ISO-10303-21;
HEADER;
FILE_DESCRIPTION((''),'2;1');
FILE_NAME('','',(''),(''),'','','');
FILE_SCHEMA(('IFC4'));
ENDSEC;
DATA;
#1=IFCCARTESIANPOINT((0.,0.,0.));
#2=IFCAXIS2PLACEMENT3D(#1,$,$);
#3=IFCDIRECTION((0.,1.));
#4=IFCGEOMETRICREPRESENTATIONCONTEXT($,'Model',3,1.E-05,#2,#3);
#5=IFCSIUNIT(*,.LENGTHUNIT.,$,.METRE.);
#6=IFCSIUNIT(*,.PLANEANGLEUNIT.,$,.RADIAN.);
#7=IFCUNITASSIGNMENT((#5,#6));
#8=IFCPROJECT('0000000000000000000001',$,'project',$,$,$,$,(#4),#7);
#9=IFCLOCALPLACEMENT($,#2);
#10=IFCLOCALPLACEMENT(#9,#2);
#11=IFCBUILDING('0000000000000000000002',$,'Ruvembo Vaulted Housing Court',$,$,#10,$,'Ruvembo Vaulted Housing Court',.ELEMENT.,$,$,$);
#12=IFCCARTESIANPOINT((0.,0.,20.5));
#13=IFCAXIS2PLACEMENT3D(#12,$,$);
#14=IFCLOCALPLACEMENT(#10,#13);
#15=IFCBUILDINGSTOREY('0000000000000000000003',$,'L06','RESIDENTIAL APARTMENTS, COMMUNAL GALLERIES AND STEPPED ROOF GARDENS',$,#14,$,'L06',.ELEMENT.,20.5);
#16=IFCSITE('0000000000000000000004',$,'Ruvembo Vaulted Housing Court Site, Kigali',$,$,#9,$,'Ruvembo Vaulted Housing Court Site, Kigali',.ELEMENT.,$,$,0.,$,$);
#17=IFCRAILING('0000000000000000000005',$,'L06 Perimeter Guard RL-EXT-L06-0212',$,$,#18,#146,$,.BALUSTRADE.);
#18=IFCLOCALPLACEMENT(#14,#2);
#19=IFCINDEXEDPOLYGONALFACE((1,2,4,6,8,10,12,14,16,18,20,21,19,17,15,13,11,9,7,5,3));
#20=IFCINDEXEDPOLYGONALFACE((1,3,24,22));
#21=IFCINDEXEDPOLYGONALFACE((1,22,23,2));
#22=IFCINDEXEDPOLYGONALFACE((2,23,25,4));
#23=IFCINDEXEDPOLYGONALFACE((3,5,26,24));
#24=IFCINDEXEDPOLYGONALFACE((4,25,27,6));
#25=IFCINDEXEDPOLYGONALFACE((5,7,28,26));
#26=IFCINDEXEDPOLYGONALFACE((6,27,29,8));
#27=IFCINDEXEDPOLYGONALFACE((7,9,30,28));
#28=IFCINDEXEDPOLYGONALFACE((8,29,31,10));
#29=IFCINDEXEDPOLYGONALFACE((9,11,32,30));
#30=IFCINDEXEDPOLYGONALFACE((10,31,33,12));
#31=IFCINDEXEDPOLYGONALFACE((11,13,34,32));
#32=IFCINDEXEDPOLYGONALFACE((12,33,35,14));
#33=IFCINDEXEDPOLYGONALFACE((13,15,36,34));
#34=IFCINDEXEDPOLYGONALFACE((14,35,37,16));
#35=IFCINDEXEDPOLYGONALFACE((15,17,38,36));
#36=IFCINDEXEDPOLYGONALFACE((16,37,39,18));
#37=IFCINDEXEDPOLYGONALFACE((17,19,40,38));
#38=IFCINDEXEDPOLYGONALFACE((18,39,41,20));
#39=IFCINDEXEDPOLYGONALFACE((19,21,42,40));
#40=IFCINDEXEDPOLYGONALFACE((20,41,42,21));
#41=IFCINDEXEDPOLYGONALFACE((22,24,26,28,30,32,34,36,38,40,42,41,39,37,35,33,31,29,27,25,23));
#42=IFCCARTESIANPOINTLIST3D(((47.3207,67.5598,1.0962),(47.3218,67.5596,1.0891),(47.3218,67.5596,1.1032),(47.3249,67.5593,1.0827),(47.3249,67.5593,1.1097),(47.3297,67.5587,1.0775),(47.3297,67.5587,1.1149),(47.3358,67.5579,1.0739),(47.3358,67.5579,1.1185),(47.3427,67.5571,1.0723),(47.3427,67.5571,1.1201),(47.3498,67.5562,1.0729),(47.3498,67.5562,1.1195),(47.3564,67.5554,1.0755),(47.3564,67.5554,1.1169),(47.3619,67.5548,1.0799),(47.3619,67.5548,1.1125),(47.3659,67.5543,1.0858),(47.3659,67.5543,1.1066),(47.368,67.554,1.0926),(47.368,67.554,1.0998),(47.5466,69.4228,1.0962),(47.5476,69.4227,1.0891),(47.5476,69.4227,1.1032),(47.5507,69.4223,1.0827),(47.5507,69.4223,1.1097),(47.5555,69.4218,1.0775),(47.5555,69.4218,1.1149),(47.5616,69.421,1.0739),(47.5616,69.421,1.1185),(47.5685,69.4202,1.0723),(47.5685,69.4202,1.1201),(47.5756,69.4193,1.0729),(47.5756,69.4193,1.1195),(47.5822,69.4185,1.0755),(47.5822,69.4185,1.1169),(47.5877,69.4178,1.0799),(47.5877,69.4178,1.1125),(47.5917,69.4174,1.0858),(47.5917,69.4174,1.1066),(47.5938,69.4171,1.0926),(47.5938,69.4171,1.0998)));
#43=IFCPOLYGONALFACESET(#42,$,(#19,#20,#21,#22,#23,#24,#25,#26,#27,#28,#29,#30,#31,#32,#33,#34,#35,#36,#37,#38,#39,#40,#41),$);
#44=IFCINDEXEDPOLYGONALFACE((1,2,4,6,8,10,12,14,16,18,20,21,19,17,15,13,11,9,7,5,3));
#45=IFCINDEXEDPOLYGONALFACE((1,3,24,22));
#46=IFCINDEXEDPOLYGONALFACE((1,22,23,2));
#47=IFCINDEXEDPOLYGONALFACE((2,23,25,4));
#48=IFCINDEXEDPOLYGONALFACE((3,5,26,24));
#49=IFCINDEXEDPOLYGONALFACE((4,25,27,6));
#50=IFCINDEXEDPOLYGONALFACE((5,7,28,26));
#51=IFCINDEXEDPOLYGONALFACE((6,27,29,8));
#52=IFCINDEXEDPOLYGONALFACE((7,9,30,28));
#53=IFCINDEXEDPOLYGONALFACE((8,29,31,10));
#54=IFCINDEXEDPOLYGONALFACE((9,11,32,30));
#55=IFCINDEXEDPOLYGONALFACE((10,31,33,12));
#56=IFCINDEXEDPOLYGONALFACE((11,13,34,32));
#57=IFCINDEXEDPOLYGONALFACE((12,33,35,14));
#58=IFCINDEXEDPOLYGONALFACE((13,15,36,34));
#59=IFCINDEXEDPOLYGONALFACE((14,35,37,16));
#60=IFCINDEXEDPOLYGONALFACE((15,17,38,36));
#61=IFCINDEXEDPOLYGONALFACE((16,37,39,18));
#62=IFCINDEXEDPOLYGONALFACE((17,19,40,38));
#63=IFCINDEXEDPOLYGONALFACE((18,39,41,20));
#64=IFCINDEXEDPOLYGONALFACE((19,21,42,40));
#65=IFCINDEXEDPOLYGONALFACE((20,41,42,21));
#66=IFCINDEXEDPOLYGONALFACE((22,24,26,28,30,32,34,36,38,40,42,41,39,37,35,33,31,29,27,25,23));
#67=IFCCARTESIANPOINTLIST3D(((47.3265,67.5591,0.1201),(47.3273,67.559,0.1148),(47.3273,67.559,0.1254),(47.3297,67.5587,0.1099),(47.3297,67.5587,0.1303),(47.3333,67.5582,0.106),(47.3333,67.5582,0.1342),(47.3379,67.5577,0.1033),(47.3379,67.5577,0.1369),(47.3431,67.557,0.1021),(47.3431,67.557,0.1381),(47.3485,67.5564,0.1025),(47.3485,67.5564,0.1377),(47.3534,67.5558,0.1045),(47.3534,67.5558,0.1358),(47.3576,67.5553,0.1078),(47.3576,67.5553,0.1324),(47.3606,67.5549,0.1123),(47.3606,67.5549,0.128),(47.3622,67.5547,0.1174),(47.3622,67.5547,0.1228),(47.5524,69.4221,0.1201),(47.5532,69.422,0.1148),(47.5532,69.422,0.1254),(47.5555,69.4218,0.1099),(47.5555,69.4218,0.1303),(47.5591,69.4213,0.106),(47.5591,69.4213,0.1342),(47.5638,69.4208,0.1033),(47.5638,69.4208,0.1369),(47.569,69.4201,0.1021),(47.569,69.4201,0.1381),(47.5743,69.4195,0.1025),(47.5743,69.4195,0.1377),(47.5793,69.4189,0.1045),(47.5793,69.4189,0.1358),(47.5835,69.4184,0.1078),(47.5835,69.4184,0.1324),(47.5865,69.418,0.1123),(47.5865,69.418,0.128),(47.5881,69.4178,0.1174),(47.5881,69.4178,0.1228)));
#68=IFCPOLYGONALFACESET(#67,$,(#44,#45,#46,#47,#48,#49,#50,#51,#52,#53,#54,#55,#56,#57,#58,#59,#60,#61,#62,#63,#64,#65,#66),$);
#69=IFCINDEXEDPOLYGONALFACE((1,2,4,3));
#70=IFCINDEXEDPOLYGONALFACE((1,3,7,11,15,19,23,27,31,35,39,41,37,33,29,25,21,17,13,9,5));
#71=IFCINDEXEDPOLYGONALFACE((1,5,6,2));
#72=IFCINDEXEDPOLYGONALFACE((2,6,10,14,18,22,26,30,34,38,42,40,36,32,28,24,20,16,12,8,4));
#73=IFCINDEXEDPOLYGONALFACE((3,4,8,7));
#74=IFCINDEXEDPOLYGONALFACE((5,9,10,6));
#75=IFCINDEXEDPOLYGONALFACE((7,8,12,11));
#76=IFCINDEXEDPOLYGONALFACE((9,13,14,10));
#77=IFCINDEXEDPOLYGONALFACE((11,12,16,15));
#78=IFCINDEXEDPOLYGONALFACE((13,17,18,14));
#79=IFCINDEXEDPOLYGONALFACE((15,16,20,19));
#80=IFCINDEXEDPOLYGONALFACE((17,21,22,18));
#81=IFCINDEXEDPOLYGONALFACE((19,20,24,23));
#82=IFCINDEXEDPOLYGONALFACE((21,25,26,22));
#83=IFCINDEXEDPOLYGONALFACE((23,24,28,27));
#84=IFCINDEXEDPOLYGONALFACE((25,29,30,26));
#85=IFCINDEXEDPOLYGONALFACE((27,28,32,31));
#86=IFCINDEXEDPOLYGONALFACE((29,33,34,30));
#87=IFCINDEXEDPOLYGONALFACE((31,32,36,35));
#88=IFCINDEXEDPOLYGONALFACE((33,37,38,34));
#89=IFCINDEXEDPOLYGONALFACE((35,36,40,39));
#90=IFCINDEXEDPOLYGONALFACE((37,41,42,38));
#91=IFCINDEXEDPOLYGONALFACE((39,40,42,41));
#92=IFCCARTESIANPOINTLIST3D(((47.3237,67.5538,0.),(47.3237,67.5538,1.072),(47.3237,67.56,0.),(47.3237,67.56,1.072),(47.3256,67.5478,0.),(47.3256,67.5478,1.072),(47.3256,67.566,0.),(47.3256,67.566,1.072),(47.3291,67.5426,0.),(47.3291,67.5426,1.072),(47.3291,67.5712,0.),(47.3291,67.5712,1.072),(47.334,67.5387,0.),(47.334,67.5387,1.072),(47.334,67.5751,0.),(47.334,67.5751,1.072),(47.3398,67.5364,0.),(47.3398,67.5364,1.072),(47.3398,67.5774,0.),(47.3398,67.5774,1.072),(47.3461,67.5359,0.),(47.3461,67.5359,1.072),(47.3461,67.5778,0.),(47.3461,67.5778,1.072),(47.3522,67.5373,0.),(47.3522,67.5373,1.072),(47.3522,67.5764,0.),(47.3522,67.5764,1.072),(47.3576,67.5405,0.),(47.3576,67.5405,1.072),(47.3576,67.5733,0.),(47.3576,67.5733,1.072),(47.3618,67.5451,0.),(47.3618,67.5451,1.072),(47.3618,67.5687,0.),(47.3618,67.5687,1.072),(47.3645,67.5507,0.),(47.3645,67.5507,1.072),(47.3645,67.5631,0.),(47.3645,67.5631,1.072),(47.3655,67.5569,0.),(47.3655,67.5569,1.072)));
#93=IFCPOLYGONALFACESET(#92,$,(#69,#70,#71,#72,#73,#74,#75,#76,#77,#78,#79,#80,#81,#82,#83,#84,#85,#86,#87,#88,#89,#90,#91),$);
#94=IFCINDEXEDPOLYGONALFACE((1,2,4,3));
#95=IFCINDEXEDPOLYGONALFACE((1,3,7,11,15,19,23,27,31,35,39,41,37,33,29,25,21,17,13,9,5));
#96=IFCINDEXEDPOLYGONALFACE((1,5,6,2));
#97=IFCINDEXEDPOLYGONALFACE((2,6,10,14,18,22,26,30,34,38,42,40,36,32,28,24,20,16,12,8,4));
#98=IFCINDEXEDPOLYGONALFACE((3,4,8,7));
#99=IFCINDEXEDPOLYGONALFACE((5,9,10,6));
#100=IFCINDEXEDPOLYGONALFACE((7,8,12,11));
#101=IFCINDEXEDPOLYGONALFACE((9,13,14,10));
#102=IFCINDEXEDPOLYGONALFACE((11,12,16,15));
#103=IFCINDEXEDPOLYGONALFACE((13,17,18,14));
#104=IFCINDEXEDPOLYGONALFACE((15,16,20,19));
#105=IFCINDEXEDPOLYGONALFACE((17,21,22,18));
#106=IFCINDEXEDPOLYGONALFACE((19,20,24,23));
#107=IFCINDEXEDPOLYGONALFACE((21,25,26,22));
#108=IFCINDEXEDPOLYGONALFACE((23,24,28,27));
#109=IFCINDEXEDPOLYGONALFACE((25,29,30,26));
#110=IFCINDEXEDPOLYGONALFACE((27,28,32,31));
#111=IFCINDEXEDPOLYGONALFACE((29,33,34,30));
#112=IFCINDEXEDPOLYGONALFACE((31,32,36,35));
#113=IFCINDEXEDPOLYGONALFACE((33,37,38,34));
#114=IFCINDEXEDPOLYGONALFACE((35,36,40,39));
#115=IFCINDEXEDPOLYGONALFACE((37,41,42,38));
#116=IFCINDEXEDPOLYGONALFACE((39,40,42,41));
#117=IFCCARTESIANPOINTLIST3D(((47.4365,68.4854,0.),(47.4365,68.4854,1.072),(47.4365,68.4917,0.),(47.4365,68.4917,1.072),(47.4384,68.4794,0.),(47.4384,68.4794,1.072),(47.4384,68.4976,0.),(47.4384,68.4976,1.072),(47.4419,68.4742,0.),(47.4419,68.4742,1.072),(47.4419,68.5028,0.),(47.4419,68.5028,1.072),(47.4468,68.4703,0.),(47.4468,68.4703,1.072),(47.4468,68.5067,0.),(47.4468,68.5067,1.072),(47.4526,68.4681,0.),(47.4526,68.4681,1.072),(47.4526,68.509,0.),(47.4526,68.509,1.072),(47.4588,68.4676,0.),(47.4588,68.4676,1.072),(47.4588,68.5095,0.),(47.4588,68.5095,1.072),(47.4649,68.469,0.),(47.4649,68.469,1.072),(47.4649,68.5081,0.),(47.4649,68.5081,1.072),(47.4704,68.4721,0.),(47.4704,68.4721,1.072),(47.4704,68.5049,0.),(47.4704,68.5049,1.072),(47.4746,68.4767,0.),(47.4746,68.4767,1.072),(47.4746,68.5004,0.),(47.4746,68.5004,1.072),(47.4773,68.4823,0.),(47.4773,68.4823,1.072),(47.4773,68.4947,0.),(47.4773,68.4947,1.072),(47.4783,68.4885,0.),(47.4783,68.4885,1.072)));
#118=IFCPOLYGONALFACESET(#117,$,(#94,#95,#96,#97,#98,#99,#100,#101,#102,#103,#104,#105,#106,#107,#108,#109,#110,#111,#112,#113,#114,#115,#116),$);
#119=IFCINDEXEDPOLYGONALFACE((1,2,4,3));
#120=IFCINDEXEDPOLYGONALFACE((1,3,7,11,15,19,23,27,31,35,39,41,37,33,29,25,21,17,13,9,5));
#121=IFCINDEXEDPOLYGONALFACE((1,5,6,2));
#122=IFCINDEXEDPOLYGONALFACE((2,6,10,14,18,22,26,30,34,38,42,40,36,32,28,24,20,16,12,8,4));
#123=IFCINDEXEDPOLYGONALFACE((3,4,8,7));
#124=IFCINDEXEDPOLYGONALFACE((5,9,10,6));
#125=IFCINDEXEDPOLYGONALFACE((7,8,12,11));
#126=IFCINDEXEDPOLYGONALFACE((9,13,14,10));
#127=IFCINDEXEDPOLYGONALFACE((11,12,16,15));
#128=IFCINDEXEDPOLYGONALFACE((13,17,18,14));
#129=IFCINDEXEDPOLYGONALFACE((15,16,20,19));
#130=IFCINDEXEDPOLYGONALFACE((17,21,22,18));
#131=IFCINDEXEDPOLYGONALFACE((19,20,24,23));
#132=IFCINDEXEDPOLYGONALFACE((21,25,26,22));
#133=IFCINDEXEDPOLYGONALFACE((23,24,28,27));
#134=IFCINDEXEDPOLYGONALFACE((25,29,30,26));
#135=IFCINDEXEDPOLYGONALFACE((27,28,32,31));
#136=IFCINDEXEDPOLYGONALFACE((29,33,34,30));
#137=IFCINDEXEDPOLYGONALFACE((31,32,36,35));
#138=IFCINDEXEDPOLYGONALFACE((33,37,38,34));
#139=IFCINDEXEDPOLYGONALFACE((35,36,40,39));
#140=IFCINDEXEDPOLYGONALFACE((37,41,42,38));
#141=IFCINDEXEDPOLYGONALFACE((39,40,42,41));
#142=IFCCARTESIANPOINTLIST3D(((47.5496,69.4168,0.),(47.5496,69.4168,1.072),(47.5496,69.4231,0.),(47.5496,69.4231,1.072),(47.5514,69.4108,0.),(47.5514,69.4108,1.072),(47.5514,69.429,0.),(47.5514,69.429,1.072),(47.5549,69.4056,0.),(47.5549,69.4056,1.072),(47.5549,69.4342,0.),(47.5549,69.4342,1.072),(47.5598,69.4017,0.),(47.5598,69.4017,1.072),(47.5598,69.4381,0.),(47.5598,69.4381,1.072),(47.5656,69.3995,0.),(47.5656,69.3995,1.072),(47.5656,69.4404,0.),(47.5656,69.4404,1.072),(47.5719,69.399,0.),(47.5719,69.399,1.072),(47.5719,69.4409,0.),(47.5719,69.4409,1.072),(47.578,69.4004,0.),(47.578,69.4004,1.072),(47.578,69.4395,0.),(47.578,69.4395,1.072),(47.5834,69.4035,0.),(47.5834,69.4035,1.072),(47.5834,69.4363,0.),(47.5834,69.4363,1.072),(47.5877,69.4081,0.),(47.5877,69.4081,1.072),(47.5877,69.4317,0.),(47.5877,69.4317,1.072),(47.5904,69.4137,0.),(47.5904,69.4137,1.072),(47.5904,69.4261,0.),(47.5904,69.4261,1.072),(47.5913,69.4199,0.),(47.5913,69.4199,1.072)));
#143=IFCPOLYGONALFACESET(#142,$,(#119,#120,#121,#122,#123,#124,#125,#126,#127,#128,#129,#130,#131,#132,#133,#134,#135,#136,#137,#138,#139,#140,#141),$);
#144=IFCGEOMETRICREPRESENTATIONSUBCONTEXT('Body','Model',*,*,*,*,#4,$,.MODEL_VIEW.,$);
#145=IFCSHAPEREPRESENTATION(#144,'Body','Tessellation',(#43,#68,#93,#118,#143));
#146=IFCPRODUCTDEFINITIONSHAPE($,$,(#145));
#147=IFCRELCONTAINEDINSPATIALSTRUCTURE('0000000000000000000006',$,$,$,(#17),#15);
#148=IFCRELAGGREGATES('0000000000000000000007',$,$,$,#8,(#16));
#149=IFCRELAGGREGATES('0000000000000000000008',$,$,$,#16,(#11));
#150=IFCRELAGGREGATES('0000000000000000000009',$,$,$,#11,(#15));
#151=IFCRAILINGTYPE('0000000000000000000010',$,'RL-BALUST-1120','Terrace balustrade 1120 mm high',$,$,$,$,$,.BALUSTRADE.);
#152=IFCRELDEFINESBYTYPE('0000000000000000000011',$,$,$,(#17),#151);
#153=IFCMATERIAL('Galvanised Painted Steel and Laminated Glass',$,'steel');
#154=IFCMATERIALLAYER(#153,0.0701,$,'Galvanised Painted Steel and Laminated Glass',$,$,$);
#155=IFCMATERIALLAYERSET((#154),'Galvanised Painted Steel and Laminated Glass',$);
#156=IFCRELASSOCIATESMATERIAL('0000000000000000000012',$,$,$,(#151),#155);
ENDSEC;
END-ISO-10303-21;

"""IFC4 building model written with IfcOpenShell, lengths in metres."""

from ifc_helpers import new_model, si_unit, direction, frame, origin, origin_2d, place, context, subcontext, project, spatial, circle, extrude, material, layer, layer_set, type_object, element, save


model = new_model("IFC4")

# Units and contexts
model_context = context("Model", 3, precision=1e-05, world=origin(), true_north=direction((0.0, 1.0)))
body_context = subcontext(model_context, "Body", "Model", "MODEL_VIEW")
ifc_project = project(units=[si_unit("LENGTHUNIT", "METRE"), si_unit("PLANEANGLEUNIT", "RADIAN")], contexts=[model_context])

# Site, building, storey
site_placement = place(None, origin())
site = spatial("IfcSite", under=ifc_project, at=site_placement, Name="Ruvembo Vaulted Housing Court Site, Kigali", LongName="Ruvembo Vaulted Housing Court Site, Kigali", CompositionType="ELEMENT", RefElevation=0.0)
building_placement = place(site_placement, origin())
building = spatial("IfcBuilding", under=site, at=building_placement, Name="Ruvembo Vaulted Housing Court", LongName="Ruvembo Vaulted Housing Court", CompositionType="ELEMENT")
storey_placement = place(building_placement, frame((0.0, 0.0, 20.5)))
storey = spatial("IfcBuildingStorey", under=building, at=storey_placement, Name="L06", Description="RESIDENTIAL APARTMENTS, COMMUNAL GALLERIES AND STEPPED ROOF GARDENS", LongName="L06", CompositionType="ELEMENT", Elevation=20.5)

# Railing
ifc_material_1 = material(Name="Galvanised Painted Steel and Laminated Glass", Category="steel")
ifc_layer = layer(ifc_material_1, 0.0701, Name="Galvanised Painted Steel and Laminated Glass")
ifc_layer_set = layer_set([ifc_layer], Name="Galvanised Painted Steel and Laminated Glass")
railing_type = type_object("IfcRailingType", Name="RL-BALUST-1120", Description="Terrace balustrade 1120 mm high", PredefinedType="BALUSTRADE", material=ifc_layer_set)
railing_1_placement = place(storey_placement, frame((47.3445, 67.5569, 0.0)))
element("IfcRailing", 1, at=railing_1_placement, inside=storey, type_object=railing_type, Name="L06 Perimeter Guard RL-EXT-L06-0212", PredefinedType="BALUSTRADE", context=body_context, shape_type="SweptSolid", body=[
    extrude(circle(Radius=0.0239, at=origin_2d()), frame((0.0, 0.0, 1.0962), z_axis=(0.120335, 0.992733, 0.0), x_axis=(-0.992733, 0.120335, 0.0)), (0.0, 0.0, 1.0), 1.8767),
    extrude(circle(Radius=0.0181, at=origin_2d()), frame((0.0, 0.0, 0.1201), z_axis=(0.120335, 0.992733, 0.0), x_axis=(-0.992733, 0.120335, 0.0)), (0.0, 0.0, 1.0), 1.8767),
    extrude(circle(Radius=0.021, at=origin_2d()), origin(), (0.0, 0.0, 1.0), 1.072),
    extrude(circle(Radius=0.021, at=origin_2d()), frame((0.1128, 0.9316, 0.0)), (0.0, 0.0, 1.0), 1.072),
    extrude(circle(Radius=0.021, at=origin_2d()), frame((0.2258, 1.863, 0.0)), (0.0, 0.0, 1.0), 1.072),
])

save(model, "model.ifc")
